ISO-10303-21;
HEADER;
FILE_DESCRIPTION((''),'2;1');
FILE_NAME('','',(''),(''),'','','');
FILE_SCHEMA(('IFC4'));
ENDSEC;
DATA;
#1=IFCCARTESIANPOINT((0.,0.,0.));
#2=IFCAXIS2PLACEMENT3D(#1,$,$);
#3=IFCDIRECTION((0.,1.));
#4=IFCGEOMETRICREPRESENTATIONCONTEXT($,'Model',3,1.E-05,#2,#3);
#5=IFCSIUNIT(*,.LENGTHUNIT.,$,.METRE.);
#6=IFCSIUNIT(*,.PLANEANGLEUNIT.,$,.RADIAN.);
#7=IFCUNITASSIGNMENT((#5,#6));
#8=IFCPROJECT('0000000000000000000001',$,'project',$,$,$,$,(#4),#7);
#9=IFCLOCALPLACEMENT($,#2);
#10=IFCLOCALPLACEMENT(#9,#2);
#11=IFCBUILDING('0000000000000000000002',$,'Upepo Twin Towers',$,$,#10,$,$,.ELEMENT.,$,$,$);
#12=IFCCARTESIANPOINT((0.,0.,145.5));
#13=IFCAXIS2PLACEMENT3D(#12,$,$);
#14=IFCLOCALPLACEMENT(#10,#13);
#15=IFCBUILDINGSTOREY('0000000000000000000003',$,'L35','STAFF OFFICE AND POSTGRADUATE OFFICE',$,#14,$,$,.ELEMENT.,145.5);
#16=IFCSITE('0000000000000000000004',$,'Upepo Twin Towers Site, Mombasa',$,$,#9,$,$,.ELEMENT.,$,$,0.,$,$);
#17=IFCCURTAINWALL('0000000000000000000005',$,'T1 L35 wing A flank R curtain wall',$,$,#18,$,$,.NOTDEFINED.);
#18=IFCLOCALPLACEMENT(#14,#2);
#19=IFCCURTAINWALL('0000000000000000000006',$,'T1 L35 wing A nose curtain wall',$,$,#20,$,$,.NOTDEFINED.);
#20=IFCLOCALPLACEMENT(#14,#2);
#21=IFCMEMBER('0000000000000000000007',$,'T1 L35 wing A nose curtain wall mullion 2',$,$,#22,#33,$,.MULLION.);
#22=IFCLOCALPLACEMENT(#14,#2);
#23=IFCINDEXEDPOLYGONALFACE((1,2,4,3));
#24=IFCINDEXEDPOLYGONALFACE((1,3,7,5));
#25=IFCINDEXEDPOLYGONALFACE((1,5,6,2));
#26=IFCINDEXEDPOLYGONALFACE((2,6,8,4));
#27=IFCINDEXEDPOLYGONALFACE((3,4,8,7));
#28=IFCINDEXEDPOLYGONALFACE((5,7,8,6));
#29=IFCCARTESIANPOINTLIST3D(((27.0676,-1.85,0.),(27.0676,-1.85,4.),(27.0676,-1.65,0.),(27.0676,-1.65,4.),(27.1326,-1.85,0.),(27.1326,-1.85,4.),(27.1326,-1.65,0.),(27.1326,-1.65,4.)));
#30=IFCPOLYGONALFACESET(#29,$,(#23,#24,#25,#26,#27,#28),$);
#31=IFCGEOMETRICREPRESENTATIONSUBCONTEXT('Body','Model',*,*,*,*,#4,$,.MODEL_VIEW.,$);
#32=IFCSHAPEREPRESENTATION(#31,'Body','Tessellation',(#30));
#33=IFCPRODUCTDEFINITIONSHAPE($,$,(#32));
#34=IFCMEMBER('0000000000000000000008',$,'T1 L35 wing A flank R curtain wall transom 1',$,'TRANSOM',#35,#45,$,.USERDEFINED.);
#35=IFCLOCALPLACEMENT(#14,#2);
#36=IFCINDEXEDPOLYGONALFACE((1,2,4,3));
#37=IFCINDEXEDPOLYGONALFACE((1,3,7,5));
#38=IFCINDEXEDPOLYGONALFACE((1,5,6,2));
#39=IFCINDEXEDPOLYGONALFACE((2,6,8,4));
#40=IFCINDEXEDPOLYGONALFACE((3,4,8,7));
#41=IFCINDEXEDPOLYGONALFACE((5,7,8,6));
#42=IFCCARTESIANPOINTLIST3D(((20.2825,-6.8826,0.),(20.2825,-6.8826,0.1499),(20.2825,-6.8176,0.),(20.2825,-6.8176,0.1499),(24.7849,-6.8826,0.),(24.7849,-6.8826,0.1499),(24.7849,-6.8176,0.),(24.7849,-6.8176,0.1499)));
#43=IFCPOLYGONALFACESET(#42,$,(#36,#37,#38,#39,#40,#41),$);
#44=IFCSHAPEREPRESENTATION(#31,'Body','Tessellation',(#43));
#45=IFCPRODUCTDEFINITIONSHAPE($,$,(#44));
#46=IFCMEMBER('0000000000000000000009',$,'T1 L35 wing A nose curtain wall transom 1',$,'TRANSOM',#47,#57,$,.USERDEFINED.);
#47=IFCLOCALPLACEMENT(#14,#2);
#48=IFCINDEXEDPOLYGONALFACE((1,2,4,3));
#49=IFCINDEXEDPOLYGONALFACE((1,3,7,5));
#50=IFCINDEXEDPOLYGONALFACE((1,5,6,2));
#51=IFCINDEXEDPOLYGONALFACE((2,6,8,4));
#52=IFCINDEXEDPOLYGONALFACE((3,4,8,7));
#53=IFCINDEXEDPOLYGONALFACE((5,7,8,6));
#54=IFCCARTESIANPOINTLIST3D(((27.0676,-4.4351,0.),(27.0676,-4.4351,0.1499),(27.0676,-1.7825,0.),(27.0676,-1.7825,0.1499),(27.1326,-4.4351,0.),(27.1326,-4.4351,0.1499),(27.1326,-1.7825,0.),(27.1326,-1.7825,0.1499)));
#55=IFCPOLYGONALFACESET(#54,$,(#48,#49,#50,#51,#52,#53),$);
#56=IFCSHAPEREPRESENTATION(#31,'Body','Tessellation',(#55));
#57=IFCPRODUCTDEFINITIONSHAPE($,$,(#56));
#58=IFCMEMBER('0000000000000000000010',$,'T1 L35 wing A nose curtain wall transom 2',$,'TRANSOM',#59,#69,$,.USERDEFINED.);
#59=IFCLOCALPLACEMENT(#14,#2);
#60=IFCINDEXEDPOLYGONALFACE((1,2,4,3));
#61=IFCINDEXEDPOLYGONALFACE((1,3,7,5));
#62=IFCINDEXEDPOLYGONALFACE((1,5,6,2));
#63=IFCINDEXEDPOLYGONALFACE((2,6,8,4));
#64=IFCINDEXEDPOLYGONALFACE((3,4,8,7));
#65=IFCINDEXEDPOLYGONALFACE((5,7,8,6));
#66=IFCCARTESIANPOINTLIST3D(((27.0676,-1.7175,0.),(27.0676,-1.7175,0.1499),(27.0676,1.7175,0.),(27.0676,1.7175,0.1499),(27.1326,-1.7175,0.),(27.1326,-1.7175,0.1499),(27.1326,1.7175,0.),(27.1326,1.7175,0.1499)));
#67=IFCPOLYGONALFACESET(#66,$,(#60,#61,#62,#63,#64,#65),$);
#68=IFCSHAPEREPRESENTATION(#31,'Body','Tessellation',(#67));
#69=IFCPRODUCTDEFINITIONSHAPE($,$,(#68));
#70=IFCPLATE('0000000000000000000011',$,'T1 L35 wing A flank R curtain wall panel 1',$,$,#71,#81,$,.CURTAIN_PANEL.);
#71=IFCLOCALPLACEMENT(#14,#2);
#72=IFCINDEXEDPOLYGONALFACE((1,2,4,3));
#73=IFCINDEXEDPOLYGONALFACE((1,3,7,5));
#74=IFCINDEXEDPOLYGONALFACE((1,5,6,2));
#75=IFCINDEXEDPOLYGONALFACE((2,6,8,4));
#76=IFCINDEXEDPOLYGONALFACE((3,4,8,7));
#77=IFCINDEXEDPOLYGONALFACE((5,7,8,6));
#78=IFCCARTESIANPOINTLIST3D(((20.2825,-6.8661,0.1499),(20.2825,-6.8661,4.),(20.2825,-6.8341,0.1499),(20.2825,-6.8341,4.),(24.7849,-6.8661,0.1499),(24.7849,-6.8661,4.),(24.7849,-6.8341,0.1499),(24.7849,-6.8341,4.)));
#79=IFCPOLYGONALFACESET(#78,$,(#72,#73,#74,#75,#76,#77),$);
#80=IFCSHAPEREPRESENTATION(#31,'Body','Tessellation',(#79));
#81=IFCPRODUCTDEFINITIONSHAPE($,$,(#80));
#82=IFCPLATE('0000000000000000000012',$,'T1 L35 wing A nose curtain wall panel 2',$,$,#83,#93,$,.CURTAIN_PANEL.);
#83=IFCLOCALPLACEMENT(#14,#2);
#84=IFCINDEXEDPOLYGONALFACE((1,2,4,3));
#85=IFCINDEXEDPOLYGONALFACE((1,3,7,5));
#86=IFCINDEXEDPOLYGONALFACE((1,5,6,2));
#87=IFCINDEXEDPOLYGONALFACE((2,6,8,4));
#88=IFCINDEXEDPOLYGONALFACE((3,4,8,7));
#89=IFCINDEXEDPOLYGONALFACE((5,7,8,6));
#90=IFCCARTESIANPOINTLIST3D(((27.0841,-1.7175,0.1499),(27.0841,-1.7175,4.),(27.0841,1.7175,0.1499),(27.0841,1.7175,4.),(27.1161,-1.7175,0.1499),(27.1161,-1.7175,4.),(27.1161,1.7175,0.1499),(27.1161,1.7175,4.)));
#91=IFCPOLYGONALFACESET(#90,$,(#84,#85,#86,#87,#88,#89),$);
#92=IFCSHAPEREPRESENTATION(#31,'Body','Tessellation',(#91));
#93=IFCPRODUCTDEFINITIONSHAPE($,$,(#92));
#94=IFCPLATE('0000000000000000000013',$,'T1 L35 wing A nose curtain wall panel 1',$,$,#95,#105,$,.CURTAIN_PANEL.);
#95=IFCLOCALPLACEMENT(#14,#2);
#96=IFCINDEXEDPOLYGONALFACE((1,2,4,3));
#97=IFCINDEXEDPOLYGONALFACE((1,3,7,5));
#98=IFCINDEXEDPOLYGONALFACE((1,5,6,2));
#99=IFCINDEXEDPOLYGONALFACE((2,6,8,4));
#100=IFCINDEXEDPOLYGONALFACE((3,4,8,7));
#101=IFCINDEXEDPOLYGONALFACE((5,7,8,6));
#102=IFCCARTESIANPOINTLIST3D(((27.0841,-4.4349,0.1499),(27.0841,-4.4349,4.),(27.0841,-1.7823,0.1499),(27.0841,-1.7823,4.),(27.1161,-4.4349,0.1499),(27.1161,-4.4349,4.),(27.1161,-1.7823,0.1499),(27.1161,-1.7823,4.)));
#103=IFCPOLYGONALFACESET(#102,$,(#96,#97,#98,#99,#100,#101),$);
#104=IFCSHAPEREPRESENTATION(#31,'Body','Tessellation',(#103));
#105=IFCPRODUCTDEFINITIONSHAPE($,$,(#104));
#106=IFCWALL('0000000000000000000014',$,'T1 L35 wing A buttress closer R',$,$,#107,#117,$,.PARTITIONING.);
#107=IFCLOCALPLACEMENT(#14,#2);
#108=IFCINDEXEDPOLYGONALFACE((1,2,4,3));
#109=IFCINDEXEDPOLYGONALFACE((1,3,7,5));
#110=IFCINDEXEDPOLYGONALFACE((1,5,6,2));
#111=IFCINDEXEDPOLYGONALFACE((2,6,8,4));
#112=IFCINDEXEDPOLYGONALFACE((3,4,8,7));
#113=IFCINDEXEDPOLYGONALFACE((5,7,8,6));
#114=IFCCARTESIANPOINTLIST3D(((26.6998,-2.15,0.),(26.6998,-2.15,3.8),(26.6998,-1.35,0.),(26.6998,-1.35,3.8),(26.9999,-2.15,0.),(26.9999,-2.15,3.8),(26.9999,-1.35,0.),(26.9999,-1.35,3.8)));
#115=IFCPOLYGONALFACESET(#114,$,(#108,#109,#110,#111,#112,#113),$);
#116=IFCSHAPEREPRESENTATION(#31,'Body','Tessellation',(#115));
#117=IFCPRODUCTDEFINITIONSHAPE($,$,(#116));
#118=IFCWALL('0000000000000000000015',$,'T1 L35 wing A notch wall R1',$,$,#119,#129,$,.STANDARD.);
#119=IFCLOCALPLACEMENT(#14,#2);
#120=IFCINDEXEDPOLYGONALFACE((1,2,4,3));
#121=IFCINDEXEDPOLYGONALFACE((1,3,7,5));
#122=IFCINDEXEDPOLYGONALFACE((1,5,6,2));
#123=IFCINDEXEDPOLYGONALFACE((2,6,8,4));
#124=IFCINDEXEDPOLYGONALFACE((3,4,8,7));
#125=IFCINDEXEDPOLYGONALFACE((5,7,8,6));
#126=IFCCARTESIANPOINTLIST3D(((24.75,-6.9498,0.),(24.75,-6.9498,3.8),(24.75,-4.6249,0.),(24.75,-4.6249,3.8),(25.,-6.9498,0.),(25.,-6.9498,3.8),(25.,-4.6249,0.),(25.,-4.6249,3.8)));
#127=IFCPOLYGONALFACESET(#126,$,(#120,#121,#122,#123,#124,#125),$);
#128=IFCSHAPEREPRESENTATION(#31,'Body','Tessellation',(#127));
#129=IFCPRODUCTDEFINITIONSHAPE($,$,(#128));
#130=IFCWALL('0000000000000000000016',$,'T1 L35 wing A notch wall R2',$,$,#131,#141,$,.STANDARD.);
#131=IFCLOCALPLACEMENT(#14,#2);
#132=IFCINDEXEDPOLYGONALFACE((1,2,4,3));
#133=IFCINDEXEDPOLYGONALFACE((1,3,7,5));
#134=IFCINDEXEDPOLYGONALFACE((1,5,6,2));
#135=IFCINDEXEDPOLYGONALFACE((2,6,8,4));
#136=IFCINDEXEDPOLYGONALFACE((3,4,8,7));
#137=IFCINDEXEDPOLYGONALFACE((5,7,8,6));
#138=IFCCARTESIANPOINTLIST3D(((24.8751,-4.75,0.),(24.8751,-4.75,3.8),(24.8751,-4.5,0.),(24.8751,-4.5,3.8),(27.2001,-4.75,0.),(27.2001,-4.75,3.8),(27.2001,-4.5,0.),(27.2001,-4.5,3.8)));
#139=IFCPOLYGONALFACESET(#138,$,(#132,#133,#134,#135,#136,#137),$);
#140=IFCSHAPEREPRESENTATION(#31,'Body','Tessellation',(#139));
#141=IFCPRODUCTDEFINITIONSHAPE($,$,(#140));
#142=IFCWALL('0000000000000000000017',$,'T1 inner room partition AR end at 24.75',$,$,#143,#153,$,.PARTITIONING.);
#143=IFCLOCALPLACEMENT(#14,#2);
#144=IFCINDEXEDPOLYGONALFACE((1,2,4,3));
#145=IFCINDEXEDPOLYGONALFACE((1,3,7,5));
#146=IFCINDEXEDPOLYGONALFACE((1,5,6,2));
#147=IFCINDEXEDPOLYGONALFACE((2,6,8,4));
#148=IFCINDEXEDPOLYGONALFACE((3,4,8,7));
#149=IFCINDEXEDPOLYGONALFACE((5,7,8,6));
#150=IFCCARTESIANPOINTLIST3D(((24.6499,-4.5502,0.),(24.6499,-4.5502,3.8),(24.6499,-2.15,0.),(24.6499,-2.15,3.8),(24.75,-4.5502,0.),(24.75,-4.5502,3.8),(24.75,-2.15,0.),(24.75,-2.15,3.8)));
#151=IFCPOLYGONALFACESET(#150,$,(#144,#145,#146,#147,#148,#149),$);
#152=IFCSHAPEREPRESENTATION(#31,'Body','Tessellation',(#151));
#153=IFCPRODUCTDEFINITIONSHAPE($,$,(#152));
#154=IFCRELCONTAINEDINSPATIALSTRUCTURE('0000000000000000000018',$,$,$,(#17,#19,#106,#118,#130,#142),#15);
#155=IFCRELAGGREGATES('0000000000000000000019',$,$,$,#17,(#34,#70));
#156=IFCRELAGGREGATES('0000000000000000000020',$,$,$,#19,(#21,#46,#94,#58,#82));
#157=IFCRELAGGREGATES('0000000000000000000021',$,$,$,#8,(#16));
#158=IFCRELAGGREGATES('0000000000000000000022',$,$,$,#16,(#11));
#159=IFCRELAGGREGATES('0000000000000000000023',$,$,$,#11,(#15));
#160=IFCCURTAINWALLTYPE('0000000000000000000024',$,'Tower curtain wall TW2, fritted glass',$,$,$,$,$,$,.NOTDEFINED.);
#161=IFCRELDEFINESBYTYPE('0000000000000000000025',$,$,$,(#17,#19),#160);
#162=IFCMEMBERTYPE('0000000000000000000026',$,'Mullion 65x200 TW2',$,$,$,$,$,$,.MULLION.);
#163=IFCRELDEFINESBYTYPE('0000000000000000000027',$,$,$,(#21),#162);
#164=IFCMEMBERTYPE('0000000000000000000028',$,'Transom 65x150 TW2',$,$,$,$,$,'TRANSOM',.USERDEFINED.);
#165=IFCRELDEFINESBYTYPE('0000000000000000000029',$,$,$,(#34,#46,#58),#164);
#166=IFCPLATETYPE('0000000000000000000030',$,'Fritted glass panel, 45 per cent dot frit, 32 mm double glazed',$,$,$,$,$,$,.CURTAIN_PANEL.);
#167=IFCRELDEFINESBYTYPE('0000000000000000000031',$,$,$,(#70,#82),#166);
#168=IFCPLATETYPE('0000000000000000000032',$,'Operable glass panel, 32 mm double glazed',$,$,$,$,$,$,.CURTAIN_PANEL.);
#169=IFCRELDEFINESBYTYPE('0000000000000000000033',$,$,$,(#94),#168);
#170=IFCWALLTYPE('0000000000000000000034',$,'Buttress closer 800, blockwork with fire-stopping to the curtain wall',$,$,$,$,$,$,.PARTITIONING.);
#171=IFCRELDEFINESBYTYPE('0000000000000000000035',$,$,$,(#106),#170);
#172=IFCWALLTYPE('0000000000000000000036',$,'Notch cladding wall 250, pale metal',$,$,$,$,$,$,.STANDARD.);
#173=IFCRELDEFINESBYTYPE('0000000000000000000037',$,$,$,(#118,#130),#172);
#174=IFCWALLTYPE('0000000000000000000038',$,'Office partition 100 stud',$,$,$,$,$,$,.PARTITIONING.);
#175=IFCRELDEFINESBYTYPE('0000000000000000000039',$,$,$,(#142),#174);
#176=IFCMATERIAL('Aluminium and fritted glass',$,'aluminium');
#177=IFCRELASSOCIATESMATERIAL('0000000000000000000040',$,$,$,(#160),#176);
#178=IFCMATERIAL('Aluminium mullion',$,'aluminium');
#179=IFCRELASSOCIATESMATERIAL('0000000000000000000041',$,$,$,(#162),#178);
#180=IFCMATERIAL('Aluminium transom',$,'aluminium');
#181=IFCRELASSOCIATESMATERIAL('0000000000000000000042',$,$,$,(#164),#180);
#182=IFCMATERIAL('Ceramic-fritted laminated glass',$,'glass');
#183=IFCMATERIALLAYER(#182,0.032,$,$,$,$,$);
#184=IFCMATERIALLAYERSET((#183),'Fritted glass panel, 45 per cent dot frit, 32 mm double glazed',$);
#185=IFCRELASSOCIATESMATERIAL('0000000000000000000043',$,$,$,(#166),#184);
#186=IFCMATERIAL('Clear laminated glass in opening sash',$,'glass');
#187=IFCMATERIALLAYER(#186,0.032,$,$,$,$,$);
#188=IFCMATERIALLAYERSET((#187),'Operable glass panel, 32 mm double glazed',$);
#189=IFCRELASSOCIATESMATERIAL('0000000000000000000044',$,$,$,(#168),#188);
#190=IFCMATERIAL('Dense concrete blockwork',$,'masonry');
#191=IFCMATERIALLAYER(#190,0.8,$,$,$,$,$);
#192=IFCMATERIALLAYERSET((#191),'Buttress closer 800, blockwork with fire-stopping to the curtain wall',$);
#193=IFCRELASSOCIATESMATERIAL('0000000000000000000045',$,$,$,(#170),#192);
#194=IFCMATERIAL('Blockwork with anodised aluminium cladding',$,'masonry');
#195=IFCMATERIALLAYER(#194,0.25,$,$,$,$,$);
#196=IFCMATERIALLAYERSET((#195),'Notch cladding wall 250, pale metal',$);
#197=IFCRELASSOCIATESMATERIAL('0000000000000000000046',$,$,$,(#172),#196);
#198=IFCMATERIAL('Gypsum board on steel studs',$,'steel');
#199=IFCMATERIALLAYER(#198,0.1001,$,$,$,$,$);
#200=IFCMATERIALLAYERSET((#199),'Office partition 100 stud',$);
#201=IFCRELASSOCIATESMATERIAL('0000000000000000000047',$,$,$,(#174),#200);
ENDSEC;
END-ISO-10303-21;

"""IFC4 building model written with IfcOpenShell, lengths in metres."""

from ifc_helpers import new_model, si_unit, direction, frame, frame_2d, origin, origin_2d, place, context, subcontext, project, spatial, rectangle, extrude, material, layer, layer_set, material_profile, profile_set, type_object, element, aggregate, save


model = new_model("IFC4")

# Units and contexts
model_context = context("Model", 3, precision=1e-05, world=origin(), true_north=direction((0.0, 1.0)))
body_context = subcontext(model_context, "Body", "Model", "MODEL_VIEW")
ifc_project = project(units=[si_unit("LENGTHUNIT", "METRE"), si_unit("PLANEANGLEUNIT", "RADIAN")], contexts=[model_context])

# Site, building, storey
site_placement = place(None, origin())
site = spatial("IfcSite", under=ifc_project, at=site_placement, Name="Upepo Twin Towers Site, Mombasa", CompositionType="ELEMENT", RefElevation=0.0)
building_placement = place(site_placement, origin())
building = spatial("IfcBuilding", under=site, at=building_placement, Name="Upepo Twin Towers", CompositionType="ELEMENT")
storey_placement = place(building_placement, frame((0.0, 0.0, 145.5)))
storey = spatial("IfcBuildingStorey", under=building, at=storey_placement, Name="L35", Description="STAFF OFFICE AND POSTGRADUATE OFFICE", CompositionType="ELEMENT", Elevation=145.5)

# Curtain wall
ifc_material_1 = material(Name="Aluminium and fritted glass", Category="aluminium")
curtain_wall_type = type_object("IfcCurtainWallType", Name="Tower curtain wall TW2, fritted glass", PredefinedType="NOTDEFINED", material=ifc_material_1)
curtain_wall_1_placement = place(storey_placement, origin())
curtain_wall_1 = element("IfcCurtainWall", 1, at=curtain_wall_1_placement, inside=storey, type_object=curtain_wall_type, Name="T1 L35 wing A flank R curtain wall", PredefinedType="NOTDEFINED")
ifc_material_2 = material(Name="Aluminium mullion", Category="aluminium")
ifc_material_profile_1 = material_profile(ifc_material_2, rectangle(XDim=0.0649, YDim=0.2, at=origin_2d()), Name="MULLION 65x200")
ifc_profile_set_1 = profile_set([ifc_material_profile_1], Name="Aluminium mullion")
member_type_1 = type_object("IfcMemberType", Name="Mullion 65x200 TW2", PredefinedType="MULLION", material=ifc_profile_set_1)

# Curtain wall, member
curtain_wall_2_placement = place(storey_placement, origin())
curtain_wall_2 = element("IfcCurtainWall", 2, at=curtain_wall_2_placement, inside=storey, type_object=curtain_wall_type, Name="T1 L35 wing A nose curtain wall", PredefinedType="NOTDEFINED")
member_1_placement = place(storey_placement, frame((27.1001, -1.75, 0.0), z_axis=(0.0, 0.0, 1.0), x_axis=(-1.0, 0.0, 0.0)))
member_1 = element("IfcMember", 3, at=member_1_placement, type_object=member_type_1, Name="T1 L35 wing A nose curtain wall mullion 2", PredefinedType="MULLION", context=body_context, shape_type="SweptSolid", body=[
    extrude(rectangle(XDim=0.0649, YDim=0.2, at=origin_2d()), origin(), (0.0, 0.0, 1.0), 4.0),
])

# Members
ifc_material_3 = material(Name="Aluminium transom", Category="aluminium")
ifc_material_profile_2 = material_profile(ifc_material_3, rectangle(XDim=0.0649, YDim=0.1499, at=origin_2d()), Name="TRANSOM 65x150")
ifc_profile_set_2 = profile_set([ifc_material_profile_2], Name="Aluminium transom")
member_type_2 = type_object("IfcMemberType", Name="Transom 65x150 TW2", ElementType="TRANSOM", PredefinedType="USERDEFINED", material=ifc_profile_set_2)
member_2_placement = place(storey_placement, frame((24.7849, -6.8501, 0.075), z_axis=(-1.0, 0.0, 0.0), x_axis=(0.0, -1.0, 0.0)))
member_2 = element("IfcMember", 4, at=member_2_placement, type_object=member_type_2, Name="T1 L35 wing A flank R curtain wall transom 1", ObjectType="TRANSOM", PredefinedType="USERDEFINED", context=body_context, shape_type="SweptSolid", body=[
    extrude(rectangle(XDim=0.0649, YDim=0.1499, at=origin_2d()), origin(), (0.0, 0.0, 1.0), 4.5024),
])
member_3_placement = place(storey_placement, frame((27.1001, -4.4351, 0.075), z_axis=(0.0, 1.0, 0.0), x_axis=(-1.0, 0.0, 0.0)))
member_3 = element("IfcMember", 5, at=member_3_placement, type_object=member_type_2, Name="T1 L35 wing A nose curtain wall transom 1", ObjectType="TRANSOM", PredefinedType="USERDEFINED", context=body_context, shape_type="SweptSolid", body=[
    extrude(rectangle(XDim=0.0649, YDim=0.1499, at=origin_2d()), origin(), (0.0, 0.0, 1.0), 2.6526),
])
member_4_placement = place(storey_placement, frame((27.1001, -1.7175, 0.075), z_axis=(0.0, 1.0, 0.0), x_axis=(-1.0, 0.0, 0.0)))
member_4 = element("IfcMember", 6, at=member_4_placement, type_object=member_type_2, Name="T1 L35 wing A nose curtain wall transom 2", ObjectType="TRANSOM", PredefinedType="USERDEFINED", context=body_context, shape_type="SweptSolid", body=[
    extrude(rectangle(XDim=0.0649, YDim=0.1499, at=origin_2d()), origin(), (0.0, 0.0, 1.0), 3.4351),
])

# Plates
ifc_material_4 = material(Name="Ceramic-fritted laminated glass", Category="glass")
ifc_layer_1 = layer(ifc_material_4, 0.032)
ifc_layer_set_1 = layer_set([ifc_layer_1], Name="Fritted glass panel, 45 per cent dot frit, 32 mm double glazed")
plate_type_1 = type_object("IfcPlateType", Name="Fritted glass panel, 45 per cent dot frit, 32 mm double glazed", PredefinedType="CURTAIN_PANEL", material=ifc_layer_set_1)
plate_1_placement = place(storey_placement, frame((22.5337, -6.8501, 0.1499), z_axis=(0.0, 0.0, 1.0), x_axis=(-1.0, 0.0, 0.0)))
plate_1 = element("IfcPlate", 7, at=plate_1_placement, type_object=plate_type_1, Name="T1 L35 wing A flank R curtain wall panel 1", PredefinedType="CURTAIN_PANEL", context=body_context, shape_type="SweptSolid", body=[
    extrude(rectangle(XDim=4.5024, YDim=0.032, at=origin_2d()), origin(), (0.0, 0.0, 1.0), 3.8501),
])
aggregate(curtain_wall_1, [member_2, plate_1])
plate_2_placement = place(storey_placement, frame((27.1001, 0.0, 0.1499), z_axis=(0.0, 0.0, 1.0), x_axis=(0.0, 1.0, 0.0)))
plate_2 = element("IfcPlate", 8, at=plate_2_placement, type_object=plate_type_1, Name="T1 L35 wing A nose curtain wall panel 2", PredefinedType="CURTAIN_PANEL", context=body_context, shape_type="SweptSolid", body=[
    extrude(rectangle(XDim=3.4351, YDim=0.032, at=origin_2d()), origin(), (0.0, 0.0, 1.0), 3.8501),
])
ifc_material_5 = material(Name="Clear laminated glass in opening sash", Category="glass")
ifc_layer_2 = layer(ifc_material_5, 0.032)
ifc_layer_set_2 = layer_set([ifc_layer_2], Name="Operable glass panel, 32 mm double glazed")
plate_type_2 = type_object("IfcPlateType", Name="Operable glass panel, 32 mm double glazed", PredefinedType="CURTAIN_PANEL", material=ifc_layer_set_2)
plate_3_placement = place(storey_placement, frame((27.1001, -3.1086, 0.1499), z_axis=(0.0, 0.0, 1.0), x_axis=(0.0, 1.0, 0.0)))
plate_3 = element("IfcPlate", 9, at=plate_3_placement, type_object=plate_type_2, Name="T1 L35 wing A nose curtain wall panel 1", PredefinedType="CURTAIN_PANEL", context=body_context, shape_type="SweptSolid", body=[
    extrude(rectangle(XDim=2.6526, YDim=0.032, at=origin_2d()), origin(), (0.0, 0.0, 1.0), 3.8501),
])
aggregate(curtain_wall_2, [member_1, member_3, plate_3, member_4, plate_2])

# Walls
ifc_material_6 = material(Name="Dense concrete blockwork", Category="masonry")
ifc_layer_3 = layer(ifc_material_6, 0.8)
ifc_layer_set_3 = layer_set([ifc_layer_3], Name="Buttress closer 800, blockwork with fire-stopping to the curtain wall")
wall_type_1 = type_object("IfcWallType", Name="Buttress closer 800, blockwork with fire-stopping to the curtain wall", PredefinedType="PARTITIONING", material=ifc_layer_set_3)
wall_1_placement = place(storey_placement, frame((26.7, -1.75, 0.0), z_axis=(0.0, 0.0, 1.0), x_axis=(1.0, 0.0, 0.0)))
element("IfcWall", 10, at=wall_1_placement, inside=storey, type_object=wall_type_1, Name="T1 L35 wing A buttress closer R", PredefinedType="PARTITIONING", context=body_context, shape_type="SweptSolid", body=[
    extrude(rectangle(XDim=0.3, YDim=0.8, at=frame_2d((0.1499, 0.0))), origin(), (0.0, 0.0, 1.0), 3.8),
])
ifc_material_7 = material(Name="Blockwork with anodised aluminium cladding", Category="masonry")
ifc_layer_4 = layer(ifc_material_7, 0.25)
ifc_layer_set_4 = layer_set([ifc_layer_4], Name="Notch cladding wall 250, pale metal")
wall_type_2 = type_object("IfcWallType", Name="Notch cladding wall 250, pale metal", PredefinedType="STANDARD", material=ifc_layer_set_4)
for number, where, z_axis, x_axis, name in (
    (11, (24.875, -6.95, 0.0), (0.0, 0.0, 1.0), (0.0, 1.0, 0.0), "T1 L35 wing A notch wall R1"),
    (12, (24.875, -4.625, 0.0), (0.0, 0.0, 1.0), (1.0, 0.0, 0.0), "T1 L35 wing A notch wall R2"),
):
    element("IfcWall", number, at=place(storey_placement, frame(where, z_axis=z_axis, x_axis=x_axis)), inside=storey, type_object=wall_type_2, Name=name, PredefinedType="STANDARD", context=body_context, shape_type="SweptSolid", body=[
        extrude(rectangle(XDim=2.325, YDim=0.25, at=frame_2d((1.1626, 0.0))), origin(), (0.0, 0.0, 1.0), 3.8),
    ])
ifc_material_8 = material(Name="Gypsum board on steel studs", Category="steel")
ifc_layer_5 = layer(ifc_material_8, 0.1001)
ifc_layer_set_5 = layer_set([ifc_layer_5], Name="Office partition 100 stud")
wall_type_3 = type_object("IfcWallType", Name="Office partition 100 stud", PredefinedType="PARTITIONING", material=ifc_layer_set_5)
wall_2_placement = place(storey_placement, frame((24.7, -2.1499, 0.0), z_axis=(0.0, 0.0, 1.0), x_axis=(0.0, -1.0, 0.0)))
element("IfcWall", 13, at=wall_2_placement, inside=storey, type_object=wall_type_3, Name="T1 inner room partition AR end at 24.75", PredefinedType="PARTITIONING", context=body_context, shape_type="SweptSolid", body=[
    extrude(rectangle(XDim=2.4001, YDim=0.1001, at=frame_2d((1.2002, 0.0))), origin(), (0.0, 0.0, 1.0), 3.8),
])

save(model, "model.ifc")
